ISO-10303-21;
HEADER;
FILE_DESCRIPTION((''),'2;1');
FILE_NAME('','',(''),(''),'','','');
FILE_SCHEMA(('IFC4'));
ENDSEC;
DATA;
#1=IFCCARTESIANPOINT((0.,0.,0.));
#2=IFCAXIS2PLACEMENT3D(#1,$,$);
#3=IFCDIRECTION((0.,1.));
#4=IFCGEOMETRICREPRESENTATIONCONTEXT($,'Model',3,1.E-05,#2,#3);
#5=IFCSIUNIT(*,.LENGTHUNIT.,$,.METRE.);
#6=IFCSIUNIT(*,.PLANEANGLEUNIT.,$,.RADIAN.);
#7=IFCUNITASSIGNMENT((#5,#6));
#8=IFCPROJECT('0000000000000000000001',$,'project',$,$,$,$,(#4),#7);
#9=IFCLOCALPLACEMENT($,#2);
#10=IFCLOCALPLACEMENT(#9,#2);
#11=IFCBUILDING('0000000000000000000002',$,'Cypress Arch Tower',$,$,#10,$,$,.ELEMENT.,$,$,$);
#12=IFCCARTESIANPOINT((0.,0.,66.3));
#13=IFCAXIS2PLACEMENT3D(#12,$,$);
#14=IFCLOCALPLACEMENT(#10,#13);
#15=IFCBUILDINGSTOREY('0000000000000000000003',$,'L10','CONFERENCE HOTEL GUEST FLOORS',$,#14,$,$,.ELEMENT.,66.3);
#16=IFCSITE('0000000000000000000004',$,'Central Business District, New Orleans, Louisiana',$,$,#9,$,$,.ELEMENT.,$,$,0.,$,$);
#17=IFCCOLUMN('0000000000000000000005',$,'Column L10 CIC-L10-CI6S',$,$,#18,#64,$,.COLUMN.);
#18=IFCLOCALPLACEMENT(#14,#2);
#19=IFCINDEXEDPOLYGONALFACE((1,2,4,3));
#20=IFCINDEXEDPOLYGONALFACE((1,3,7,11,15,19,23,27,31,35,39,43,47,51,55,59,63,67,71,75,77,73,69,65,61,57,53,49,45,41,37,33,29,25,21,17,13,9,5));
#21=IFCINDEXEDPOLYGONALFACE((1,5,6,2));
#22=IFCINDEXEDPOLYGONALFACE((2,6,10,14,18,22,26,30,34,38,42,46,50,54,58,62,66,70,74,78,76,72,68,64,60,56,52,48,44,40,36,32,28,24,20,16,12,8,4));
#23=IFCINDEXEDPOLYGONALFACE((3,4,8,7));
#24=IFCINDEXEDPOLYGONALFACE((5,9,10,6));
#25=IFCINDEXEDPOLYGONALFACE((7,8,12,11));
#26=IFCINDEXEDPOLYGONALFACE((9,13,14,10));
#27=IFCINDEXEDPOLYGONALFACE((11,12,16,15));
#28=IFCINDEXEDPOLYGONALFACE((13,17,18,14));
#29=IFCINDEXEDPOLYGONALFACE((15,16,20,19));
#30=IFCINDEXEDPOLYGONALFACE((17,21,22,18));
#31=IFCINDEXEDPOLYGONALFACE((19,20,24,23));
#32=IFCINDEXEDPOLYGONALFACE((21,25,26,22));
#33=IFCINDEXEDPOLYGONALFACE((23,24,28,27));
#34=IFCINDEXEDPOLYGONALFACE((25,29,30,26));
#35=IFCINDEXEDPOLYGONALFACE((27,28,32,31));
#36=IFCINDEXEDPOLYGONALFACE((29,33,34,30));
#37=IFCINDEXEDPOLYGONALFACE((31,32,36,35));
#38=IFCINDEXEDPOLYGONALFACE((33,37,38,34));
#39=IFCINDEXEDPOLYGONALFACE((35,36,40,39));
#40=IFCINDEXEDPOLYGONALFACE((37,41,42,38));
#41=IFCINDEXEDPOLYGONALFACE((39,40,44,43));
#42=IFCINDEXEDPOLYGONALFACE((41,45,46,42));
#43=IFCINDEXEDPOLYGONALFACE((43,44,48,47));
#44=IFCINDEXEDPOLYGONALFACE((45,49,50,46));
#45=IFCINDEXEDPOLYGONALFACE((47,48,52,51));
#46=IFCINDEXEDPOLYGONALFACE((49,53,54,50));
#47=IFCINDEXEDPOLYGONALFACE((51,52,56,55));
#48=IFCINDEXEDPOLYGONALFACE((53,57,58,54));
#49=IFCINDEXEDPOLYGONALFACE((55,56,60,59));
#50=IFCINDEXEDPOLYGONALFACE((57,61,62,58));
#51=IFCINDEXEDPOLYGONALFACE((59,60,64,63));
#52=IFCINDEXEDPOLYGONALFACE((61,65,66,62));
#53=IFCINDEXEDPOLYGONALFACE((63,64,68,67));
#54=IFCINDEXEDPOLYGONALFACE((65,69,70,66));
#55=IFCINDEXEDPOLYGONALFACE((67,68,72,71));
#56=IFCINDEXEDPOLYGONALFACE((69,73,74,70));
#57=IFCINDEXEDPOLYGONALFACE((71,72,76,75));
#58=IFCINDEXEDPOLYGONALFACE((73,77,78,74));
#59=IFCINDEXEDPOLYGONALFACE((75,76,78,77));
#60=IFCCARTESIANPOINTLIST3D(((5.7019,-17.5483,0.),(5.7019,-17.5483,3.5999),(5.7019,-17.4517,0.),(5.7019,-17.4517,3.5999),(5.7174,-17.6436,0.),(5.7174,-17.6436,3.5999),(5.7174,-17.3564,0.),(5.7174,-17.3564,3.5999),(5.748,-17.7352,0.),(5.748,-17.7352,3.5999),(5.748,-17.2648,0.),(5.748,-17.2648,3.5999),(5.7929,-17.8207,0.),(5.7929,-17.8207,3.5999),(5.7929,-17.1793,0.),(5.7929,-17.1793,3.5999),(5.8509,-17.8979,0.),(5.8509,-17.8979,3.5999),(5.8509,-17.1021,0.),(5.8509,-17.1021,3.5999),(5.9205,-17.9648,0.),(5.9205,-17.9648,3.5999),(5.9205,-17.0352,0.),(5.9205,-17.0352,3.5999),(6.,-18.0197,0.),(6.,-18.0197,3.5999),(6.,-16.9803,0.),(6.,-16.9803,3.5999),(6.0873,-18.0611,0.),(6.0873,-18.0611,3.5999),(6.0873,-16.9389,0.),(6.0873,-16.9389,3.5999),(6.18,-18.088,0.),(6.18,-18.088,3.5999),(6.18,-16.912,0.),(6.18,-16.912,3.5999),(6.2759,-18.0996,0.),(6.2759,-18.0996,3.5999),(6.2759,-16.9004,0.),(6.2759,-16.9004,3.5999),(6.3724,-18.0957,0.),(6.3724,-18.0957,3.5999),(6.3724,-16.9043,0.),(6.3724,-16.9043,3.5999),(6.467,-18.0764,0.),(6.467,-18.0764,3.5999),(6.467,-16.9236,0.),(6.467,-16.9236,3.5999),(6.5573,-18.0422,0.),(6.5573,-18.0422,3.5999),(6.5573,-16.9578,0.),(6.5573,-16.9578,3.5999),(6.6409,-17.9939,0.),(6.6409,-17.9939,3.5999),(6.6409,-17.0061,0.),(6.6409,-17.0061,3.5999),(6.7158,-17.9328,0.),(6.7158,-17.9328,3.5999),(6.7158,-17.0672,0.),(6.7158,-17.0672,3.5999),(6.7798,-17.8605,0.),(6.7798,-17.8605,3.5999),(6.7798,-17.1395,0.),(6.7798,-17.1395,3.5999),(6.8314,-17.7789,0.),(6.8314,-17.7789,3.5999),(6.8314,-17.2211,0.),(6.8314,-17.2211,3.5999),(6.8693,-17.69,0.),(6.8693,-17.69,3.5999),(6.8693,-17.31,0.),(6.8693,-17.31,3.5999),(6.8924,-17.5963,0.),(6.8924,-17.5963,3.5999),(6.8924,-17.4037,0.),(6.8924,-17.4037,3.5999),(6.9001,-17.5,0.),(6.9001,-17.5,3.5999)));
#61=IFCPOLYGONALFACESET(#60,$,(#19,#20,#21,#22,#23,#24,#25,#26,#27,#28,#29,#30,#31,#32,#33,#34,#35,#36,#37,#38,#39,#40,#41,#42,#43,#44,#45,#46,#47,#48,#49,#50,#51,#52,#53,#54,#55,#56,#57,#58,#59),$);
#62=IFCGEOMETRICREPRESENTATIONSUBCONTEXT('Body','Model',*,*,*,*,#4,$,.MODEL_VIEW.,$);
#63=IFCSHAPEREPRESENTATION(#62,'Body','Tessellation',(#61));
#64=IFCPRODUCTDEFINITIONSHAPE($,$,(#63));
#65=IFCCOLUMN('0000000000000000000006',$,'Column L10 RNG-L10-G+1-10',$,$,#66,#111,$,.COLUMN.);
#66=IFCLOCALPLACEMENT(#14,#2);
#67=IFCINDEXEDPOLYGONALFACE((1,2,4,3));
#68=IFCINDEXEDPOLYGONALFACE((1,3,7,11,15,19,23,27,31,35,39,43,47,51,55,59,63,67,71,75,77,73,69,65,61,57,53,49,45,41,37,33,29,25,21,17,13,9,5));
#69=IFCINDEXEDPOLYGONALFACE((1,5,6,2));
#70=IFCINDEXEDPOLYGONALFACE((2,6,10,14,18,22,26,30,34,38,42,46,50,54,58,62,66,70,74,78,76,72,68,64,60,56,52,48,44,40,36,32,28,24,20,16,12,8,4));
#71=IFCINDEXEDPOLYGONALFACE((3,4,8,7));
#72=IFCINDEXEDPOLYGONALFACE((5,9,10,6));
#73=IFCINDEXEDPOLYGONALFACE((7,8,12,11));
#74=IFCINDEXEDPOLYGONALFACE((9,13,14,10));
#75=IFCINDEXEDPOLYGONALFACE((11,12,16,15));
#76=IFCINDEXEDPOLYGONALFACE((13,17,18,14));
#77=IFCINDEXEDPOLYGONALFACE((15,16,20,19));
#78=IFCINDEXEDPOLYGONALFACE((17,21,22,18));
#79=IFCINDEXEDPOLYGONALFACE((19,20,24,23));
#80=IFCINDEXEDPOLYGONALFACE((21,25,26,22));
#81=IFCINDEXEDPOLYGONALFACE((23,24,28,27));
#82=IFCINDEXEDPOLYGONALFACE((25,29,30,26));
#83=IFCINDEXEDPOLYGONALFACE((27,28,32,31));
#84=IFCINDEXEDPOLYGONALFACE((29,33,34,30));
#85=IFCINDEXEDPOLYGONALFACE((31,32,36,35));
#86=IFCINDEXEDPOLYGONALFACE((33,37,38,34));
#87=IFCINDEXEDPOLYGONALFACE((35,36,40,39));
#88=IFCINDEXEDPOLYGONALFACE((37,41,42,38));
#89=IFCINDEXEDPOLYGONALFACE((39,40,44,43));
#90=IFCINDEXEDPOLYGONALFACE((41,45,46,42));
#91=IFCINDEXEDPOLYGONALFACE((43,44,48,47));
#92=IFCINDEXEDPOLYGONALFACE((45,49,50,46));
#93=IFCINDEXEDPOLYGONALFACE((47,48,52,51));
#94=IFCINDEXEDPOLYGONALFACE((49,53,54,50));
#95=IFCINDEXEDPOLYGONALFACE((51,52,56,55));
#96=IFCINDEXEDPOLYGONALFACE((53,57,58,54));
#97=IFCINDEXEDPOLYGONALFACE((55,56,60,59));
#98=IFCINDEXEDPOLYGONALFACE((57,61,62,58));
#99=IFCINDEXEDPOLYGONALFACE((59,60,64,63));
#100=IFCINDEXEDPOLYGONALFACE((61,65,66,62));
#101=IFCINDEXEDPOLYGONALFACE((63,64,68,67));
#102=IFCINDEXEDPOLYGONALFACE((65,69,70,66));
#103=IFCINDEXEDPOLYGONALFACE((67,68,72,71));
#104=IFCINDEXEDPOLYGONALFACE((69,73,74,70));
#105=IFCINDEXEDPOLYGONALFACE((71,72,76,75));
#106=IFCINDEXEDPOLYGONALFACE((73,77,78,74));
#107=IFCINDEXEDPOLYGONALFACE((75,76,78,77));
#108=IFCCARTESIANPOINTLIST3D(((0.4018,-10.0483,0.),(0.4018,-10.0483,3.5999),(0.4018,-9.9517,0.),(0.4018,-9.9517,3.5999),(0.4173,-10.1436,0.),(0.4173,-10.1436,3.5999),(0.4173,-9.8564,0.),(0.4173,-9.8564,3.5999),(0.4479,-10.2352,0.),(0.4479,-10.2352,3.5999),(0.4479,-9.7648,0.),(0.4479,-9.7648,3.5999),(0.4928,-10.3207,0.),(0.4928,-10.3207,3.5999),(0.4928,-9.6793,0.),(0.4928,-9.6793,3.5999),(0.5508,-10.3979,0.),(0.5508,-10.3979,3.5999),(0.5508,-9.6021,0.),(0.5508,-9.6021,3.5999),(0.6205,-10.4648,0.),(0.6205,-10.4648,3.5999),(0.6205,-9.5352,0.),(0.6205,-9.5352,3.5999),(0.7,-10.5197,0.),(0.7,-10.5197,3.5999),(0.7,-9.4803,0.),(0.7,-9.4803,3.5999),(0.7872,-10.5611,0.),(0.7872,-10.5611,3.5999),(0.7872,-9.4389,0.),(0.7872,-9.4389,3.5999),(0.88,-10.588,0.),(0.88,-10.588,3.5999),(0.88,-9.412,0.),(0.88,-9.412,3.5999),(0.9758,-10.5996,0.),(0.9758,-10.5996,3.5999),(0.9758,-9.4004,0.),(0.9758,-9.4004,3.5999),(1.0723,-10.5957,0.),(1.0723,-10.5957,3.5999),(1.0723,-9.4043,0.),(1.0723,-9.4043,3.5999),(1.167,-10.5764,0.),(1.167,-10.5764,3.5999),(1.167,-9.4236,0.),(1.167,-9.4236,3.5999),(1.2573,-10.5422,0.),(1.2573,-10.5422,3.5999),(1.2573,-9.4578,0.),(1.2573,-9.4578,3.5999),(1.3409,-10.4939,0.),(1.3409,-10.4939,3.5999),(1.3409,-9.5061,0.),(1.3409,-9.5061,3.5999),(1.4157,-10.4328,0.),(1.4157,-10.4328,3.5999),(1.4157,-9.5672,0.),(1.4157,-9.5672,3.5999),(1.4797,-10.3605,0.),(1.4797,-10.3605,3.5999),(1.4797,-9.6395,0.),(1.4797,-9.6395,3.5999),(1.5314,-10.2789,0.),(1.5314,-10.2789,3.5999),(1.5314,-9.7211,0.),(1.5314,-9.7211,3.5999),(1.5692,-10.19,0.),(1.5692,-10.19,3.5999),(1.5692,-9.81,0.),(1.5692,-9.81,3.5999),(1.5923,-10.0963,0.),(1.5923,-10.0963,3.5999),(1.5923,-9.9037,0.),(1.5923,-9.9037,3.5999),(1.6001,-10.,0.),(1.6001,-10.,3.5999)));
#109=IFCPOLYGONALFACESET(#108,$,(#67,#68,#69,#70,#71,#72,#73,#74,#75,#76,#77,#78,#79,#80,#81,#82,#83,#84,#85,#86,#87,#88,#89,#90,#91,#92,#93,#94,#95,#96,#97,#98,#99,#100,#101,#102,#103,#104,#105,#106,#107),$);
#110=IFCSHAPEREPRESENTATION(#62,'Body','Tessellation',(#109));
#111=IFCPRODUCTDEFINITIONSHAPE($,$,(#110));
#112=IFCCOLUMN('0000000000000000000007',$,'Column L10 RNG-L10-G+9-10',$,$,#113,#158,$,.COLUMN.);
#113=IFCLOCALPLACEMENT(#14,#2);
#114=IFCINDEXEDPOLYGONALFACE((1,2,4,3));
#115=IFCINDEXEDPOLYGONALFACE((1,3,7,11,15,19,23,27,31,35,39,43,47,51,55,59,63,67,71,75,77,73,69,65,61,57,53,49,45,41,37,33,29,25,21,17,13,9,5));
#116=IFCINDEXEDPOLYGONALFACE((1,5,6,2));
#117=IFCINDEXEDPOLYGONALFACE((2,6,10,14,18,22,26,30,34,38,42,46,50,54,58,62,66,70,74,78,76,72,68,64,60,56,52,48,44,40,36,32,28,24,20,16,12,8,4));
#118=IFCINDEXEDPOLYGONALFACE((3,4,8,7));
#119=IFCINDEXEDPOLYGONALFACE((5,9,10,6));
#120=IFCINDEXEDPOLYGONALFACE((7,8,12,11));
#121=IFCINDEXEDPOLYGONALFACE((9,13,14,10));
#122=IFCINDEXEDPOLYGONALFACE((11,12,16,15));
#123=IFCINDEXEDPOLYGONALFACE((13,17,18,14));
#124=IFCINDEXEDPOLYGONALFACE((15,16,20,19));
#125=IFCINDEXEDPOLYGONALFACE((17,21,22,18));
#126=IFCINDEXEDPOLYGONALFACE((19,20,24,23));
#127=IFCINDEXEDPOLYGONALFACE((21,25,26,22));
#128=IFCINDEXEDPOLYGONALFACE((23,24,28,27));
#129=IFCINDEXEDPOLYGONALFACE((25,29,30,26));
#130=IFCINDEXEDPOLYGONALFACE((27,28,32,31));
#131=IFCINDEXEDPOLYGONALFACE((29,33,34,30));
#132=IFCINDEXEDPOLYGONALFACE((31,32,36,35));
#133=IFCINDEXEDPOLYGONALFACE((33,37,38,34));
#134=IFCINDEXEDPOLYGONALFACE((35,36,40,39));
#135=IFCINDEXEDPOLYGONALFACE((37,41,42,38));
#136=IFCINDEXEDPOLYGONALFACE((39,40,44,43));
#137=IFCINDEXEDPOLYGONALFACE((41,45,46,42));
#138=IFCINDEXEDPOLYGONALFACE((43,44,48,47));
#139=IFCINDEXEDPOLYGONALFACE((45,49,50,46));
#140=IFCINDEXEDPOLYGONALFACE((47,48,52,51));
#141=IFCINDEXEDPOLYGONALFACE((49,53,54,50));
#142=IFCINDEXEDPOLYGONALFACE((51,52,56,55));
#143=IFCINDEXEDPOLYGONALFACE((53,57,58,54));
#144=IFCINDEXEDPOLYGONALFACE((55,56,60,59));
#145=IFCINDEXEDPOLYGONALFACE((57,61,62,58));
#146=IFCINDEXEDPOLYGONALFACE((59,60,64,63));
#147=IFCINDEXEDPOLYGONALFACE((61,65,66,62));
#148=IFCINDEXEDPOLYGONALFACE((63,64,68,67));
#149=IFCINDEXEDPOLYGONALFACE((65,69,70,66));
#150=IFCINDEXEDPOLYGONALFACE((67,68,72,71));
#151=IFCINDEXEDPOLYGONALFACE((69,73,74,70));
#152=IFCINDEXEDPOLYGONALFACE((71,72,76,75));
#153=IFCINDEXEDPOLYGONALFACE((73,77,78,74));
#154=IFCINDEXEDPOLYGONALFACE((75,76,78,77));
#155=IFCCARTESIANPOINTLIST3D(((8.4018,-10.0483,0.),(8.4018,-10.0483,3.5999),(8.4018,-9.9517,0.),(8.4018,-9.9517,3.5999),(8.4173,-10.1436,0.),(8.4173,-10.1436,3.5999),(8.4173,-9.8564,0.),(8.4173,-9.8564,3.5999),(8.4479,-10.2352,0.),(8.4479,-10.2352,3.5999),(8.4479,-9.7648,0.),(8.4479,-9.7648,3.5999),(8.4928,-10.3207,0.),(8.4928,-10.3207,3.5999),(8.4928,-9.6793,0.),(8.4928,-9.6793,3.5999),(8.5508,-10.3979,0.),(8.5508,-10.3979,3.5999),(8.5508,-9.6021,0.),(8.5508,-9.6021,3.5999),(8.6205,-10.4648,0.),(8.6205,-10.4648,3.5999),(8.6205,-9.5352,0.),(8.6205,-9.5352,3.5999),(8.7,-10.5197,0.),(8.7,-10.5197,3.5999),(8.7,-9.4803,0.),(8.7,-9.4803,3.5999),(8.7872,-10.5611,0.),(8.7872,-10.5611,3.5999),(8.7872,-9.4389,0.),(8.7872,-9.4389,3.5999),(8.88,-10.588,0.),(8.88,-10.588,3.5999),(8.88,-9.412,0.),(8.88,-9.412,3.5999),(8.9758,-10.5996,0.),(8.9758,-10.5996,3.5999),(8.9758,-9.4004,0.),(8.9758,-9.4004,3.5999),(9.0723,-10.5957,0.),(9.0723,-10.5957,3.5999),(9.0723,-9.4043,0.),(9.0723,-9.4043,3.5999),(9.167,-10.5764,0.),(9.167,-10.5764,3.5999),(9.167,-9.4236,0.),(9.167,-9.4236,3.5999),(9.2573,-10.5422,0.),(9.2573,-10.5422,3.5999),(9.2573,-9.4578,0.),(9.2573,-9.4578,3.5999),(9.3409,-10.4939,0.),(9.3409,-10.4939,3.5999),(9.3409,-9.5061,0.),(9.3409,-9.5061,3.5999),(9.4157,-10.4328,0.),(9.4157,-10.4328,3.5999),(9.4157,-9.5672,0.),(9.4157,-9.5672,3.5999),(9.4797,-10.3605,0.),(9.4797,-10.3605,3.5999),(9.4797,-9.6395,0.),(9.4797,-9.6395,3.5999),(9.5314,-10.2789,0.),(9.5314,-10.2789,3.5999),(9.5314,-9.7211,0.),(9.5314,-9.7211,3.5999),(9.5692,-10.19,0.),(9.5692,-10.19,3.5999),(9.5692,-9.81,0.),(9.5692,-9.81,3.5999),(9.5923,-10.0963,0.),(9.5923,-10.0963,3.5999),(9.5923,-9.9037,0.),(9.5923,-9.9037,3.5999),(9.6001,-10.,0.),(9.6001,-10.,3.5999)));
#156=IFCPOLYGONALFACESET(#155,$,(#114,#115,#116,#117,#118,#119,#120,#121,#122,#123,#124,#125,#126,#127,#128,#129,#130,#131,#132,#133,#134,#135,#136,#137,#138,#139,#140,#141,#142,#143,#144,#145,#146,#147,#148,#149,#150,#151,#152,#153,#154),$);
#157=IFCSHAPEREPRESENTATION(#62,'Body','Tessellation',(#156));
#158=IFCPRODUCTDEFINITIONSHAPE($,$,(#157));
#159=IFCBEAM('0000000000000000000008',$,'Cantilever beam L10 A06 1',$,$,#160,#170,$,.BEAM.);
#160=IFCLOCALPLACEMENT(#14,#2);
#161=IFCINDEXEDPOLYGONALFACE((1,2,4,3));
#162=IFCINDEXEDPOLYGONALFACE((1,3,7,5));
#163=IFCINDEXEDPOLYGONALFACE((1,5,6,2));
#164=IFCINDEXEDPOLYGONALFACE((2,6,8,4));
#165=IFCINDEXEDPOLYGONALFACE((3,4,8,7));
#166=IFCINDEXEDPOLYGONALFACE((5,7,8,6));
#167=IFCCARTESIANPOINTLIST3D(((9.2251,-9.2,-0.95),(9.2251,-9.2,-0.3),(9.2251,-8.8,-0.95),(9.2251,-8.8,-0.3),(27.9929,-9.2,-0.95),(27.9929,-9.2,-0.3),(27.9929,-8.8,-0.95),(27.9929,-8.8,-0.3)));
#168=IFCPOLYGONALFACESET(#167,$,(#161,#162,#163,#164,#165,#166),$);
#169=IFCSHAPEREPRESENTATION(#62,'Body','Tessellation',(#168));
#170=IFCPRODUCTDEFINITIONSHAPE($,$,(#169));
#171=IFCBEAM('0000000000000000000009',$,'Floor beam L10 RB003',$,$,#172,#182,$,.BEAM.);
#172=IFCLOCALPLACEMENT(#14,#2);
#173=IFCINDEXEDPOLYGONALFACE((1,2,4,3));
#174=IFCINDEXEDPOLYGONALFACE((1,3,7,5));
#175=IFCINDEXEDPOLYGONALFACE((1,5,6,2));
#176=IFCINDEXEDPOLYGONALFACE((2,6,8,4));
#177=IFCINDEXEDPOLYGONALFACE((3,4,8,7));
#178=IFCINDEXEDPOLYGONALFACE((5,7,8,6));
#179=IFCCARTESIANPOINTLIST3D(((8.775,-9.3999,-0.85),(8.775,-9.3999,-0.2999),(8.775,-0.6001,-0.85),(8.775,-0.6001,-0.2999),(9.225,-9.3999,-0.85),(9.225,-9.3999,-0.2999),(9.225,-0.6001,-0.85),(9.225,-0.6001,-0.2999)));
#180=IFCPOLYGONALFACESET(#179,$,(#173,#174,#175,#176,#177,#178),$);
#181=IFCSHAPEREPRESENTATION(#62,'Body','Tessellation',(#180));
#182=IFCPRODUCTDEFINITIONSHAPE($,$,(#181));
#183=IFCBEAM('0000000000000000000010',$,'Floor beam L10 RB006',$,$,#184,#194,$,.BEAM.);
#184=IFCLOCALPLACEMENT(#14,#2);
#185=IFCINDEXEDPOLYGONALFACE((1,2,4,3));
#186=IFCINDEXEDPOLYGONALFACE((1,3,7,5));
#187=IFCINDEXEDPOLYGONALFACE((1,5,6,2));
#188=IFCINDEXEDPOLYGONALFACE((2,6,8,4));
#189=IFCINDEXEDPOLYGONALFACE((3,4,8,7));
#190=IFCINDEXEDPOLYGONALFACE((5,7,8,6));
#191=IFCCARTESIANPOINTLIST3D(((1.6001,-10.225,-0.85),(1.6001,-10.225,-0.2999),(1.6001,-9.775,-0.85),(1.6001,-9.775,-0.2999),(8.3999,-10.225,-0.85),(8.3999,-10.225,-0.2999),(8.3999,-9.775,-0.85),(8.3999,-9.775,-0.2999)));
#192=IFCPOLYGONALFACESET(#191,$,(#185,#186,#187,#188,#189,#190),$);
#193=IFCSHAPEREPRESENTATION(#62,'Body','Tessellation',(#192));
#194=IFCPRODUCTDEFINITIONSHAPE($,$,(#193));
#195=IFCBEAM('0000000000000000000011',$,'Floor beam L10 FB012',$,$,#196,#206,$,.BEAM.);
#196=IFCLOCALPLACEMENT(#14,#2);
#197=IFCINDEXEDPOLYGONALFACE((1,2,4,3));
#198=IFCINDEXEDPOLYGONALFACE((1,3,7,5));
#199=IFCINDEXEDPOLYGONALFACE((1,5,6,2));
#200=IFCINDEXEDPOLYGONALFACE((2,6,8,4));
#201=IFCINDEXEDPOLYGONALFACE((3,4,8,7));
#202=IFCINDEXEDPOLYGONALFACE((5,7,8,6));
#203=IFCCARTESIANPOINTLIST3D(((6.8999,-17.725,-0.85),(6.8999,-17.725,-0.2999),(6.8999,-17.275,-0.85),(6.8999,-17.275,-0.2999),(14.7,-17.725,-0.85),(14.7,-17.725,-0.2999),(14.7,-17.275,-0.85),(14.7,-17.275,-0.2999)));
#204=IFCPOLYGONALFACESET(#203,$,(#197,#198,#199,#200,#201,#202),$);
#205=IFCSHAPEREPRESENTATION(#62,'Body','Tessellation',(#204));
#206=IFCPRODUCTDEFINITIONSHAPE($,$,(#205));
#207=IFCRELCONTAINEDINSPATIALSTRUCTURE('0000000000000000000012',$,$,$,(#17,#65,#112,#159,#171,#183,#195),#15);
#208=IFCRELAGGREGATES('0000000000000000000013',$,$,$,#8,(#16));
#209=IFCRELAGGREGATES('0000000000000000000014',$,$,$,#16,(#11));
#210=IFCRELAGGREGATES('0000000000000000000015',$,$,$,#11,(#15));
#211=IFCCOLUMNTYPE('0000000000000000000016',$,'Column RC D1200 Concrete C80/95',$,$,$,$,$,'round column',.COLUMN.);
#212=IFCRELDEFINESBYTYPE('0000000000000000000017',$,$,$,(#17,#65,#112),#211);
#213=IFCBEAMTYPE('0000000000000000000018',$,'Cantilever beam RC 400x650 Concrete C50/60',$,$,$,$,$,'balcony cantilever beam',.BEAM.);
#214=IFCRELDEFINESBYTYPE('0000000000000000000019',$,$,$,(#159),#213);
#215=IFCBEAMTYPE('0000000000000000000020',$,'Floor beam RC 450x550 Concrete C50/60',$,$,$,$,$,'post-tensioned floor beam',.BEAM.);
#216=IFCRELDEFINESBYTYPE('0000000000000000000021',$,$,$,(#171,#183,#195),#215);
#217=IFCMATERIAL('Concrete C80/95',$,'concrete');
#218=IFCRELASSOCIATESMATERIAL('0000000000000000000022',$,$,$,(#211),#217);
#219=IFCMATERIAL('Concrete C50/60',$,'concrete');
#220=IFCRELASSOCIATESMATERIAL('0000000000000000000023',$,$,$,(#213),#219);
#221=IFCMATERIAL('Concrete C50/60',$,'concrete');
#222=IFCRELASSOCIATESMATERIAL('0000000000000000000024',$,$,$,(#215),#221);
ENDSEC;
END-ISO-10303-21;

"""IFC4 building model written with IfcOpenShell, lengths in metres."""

from ifc_helpers import new_model, si_unit, direction, frame, origin, origin_2d, place, context, subcontext, project, spatial, rectangle, circle, extrude, material, material_profile, profile_set, type_object, element, save


model = new_model("IFC4")

# Units and contexts
model_context = context("Model", 3, precision=1e-05, world=origin(), true_north=direction((0.0, 1.0)))
body_context = subcontext(model_context, "Body", "Model", "MODEL_VIEW")
ifc_project = project(units=[si_unit("LENGTHUNIT", "METRE"), si_unit("PLANEANGLEUNIT", "RADIAN")], contexts=[model_context])

# Site, building, storey
site_placement = place(None, origin())
site = spatial("IfcSite", under=ifc_project, at=site_placement, Name="Central Business District, New Orleans, Louisiana", CompositionType="ELEMENT", RefElevation=0.0)
building_placement = place(site_placement, origin())
building = spatial("IfcBuilding", under=site, at=building_placement, Name="Cypress Arch Tower", CompositionType="ELEMENT")
storey_placement = place(building_placement, frame((0.0, 0.0, 66.3)))
storey = spatial("IfcBuildingStorey", under=building, at=storey_placement, Name="L10", Description="CONFERENCE HOTEL GUEST FLOORS", CompositionType="ELEMENT", Elevation=66.3)

# Columns
ifc_material_1 = material(Name="Concrete C80/95", Category="concrete")
ifc_material_profile_1 = material_profile(ifc_material_1, circle(Radius=0.6001, at=origin_2d()), Name="RC D1200")
ifc_profile_set_1 = profile_set([ifc_material_profile_1], Name="Concrete C80/95")
column_type = type_object("IfcColumnType", Name="Column RC D1200 Concrete C80/95", ElementType="round column", PredefinedType="COLUMN", material=ifc_profile_set_1)
for number, where, z_axis, x_axis, name in (
    (1, (6.3, -17.5, 0.0), (0.0, 0.0, 1.0), (1.0, 0.0, 0.0), "Column L10 CIC-L10-CI6S"),
    (2, (1.0, -10.0, 0.0), (0.0, 0.0, 1.0), (1.0, 0.0, 0.0), "Column L10 RNG-L10-G+1-10"),
    (3, (9.0, -10.0, 0.0), (0.0, 0.0, 1.0), (1.0, 0.0, 0.0), "Column L10 RNG-L10-G+9-10"),
):
    element("IfcColumn", number, at=place(storey_placement, frame(where, z_axis=z_axis, x_axis=x_axis)), inside=storey, type_object=column_type, Name=name, PredefinedType="COLUMN", context=body_context, shape_type="SweptSolid", body=[
        extrude(circle(Radius=0.6001, at=origin_2d()), origin(), (0.0, 0.0, 1.0), 3.5999),
    ])

# Beams
ifc_material_2 = material(Name="Concrete C50/60", Category="concrete")
ifc_material_profile_2 = material_profile(ifc_material_2, rectangle(XDim=0.3999, YDim=0.6499, at=origin_2d()), Name="RC 400x650")
ifc_profile_set_2 = profile_set([ifc_material_profile_2], Name="Concrete C50/60")
beam_type_1 = type_object("IfcBeamType", Name="Cantilever beam RC 400x650 Concrete C50/60", ElementType="balcony cantilever beam", PredefinedType="BEAM", material=ifc_profile_set_2)
beam_1_placement = place(storey_placement, frame((9.2251, -9.0, -0.625), z_axis=(1.0, 0.0, 0.0), x_axis=(0.0, 1.0, 0.0)))
element("IfcBeam", 4, at=beam_1_placement, inside=storey, type_object=beam_type_1, Name="Cantilever beam L10 A06 1", PredefinedType="BEAM", context=body_context, shape_type="SweptSolid", body=[
    extrude(rectangle(XDim=0.3999, YDim=0.6499, at=origin_2d()), origin(), (0.0, 0.0, 1.0), 18.7678),
])
ifc_material_3 = material(Name="Concrete C50/60", Category="concrete")
ifc_material_profile_3 = material_profile(ifc_material_3, rectangle(XDim=0.45, YDim=0.55, at=origin_2d()), Name="RC 450x550")
ifc_profile_set_3 = profile_set([ifc_material_profile_3], Name="Concrete C50/60")
beam_type_2 = type_object("IfcBeamType", Name="Floor beam RC 450x550 Concrete C50/60", ElementType="post-tensioned floor beam", PredefinedType="BEAM", material=ifc_profile_set_3)
beam_2_placement = place(storey_placement, frame((9.0, -9.3999, -0.575), z_axis=(0.0, 1.0, 0.0), x_axis=(-1.0, 0.0, 0.0)))
element("IfcBeam", 5, at=beam_2_placement, inside=storey, type_object=beam_type_2, Name="Floor beam L10 RB003", PredefinedType="BEAM", context=body_context, shape_type="SweptSolid", body=[
    extrude(rectangle(XDim=0.45, YDim=0.55, at=origin_2d()), origin(), (0.0, 0.0, 1.0), 8.7998),
])
beam_3_placement = place(storey_placement, frame((1.6001, -10.0, -0.575), z_axis=(1.0, 0.0, 0.0), x_axis=(0.0, 1.0, 0.0)))
element("IfcBeam", 6, at=beam_3_placement, inside=storey, type_object=beam_type_2, Name="Floor beam L10 RB006", PredefinedType="BEAM", context=body_context, shape_type="SweptSolid", body=[
    extrude(rectangle(XDim=0.45, YDim=0.55, at=origin_2d()), origin(), (0.0, 0.0, 1.0), 6.7998),
])
beam_4_placement = place(storey_placement, frame((6.8999, -17.5, -0.575), z_axis=(1.0, 0.0, 0.0), x_axis=(0.0, 1.0, 0.0)))
element("IfcBeam", 7, at=beam_4_placement, inside=storey, type_object=beam_type_2, Name="Floor beam L10 FB012", PredefinedType="BEAM", context=body_context, shape_type="SweptSolid", body=[
    extrude(rectangle(XDim=0.45, YDim=0.55, at=origin_2d()), origin(), (0.0, 0.0, 1.0), 7.8),
])

save(model, "model.ifc")
